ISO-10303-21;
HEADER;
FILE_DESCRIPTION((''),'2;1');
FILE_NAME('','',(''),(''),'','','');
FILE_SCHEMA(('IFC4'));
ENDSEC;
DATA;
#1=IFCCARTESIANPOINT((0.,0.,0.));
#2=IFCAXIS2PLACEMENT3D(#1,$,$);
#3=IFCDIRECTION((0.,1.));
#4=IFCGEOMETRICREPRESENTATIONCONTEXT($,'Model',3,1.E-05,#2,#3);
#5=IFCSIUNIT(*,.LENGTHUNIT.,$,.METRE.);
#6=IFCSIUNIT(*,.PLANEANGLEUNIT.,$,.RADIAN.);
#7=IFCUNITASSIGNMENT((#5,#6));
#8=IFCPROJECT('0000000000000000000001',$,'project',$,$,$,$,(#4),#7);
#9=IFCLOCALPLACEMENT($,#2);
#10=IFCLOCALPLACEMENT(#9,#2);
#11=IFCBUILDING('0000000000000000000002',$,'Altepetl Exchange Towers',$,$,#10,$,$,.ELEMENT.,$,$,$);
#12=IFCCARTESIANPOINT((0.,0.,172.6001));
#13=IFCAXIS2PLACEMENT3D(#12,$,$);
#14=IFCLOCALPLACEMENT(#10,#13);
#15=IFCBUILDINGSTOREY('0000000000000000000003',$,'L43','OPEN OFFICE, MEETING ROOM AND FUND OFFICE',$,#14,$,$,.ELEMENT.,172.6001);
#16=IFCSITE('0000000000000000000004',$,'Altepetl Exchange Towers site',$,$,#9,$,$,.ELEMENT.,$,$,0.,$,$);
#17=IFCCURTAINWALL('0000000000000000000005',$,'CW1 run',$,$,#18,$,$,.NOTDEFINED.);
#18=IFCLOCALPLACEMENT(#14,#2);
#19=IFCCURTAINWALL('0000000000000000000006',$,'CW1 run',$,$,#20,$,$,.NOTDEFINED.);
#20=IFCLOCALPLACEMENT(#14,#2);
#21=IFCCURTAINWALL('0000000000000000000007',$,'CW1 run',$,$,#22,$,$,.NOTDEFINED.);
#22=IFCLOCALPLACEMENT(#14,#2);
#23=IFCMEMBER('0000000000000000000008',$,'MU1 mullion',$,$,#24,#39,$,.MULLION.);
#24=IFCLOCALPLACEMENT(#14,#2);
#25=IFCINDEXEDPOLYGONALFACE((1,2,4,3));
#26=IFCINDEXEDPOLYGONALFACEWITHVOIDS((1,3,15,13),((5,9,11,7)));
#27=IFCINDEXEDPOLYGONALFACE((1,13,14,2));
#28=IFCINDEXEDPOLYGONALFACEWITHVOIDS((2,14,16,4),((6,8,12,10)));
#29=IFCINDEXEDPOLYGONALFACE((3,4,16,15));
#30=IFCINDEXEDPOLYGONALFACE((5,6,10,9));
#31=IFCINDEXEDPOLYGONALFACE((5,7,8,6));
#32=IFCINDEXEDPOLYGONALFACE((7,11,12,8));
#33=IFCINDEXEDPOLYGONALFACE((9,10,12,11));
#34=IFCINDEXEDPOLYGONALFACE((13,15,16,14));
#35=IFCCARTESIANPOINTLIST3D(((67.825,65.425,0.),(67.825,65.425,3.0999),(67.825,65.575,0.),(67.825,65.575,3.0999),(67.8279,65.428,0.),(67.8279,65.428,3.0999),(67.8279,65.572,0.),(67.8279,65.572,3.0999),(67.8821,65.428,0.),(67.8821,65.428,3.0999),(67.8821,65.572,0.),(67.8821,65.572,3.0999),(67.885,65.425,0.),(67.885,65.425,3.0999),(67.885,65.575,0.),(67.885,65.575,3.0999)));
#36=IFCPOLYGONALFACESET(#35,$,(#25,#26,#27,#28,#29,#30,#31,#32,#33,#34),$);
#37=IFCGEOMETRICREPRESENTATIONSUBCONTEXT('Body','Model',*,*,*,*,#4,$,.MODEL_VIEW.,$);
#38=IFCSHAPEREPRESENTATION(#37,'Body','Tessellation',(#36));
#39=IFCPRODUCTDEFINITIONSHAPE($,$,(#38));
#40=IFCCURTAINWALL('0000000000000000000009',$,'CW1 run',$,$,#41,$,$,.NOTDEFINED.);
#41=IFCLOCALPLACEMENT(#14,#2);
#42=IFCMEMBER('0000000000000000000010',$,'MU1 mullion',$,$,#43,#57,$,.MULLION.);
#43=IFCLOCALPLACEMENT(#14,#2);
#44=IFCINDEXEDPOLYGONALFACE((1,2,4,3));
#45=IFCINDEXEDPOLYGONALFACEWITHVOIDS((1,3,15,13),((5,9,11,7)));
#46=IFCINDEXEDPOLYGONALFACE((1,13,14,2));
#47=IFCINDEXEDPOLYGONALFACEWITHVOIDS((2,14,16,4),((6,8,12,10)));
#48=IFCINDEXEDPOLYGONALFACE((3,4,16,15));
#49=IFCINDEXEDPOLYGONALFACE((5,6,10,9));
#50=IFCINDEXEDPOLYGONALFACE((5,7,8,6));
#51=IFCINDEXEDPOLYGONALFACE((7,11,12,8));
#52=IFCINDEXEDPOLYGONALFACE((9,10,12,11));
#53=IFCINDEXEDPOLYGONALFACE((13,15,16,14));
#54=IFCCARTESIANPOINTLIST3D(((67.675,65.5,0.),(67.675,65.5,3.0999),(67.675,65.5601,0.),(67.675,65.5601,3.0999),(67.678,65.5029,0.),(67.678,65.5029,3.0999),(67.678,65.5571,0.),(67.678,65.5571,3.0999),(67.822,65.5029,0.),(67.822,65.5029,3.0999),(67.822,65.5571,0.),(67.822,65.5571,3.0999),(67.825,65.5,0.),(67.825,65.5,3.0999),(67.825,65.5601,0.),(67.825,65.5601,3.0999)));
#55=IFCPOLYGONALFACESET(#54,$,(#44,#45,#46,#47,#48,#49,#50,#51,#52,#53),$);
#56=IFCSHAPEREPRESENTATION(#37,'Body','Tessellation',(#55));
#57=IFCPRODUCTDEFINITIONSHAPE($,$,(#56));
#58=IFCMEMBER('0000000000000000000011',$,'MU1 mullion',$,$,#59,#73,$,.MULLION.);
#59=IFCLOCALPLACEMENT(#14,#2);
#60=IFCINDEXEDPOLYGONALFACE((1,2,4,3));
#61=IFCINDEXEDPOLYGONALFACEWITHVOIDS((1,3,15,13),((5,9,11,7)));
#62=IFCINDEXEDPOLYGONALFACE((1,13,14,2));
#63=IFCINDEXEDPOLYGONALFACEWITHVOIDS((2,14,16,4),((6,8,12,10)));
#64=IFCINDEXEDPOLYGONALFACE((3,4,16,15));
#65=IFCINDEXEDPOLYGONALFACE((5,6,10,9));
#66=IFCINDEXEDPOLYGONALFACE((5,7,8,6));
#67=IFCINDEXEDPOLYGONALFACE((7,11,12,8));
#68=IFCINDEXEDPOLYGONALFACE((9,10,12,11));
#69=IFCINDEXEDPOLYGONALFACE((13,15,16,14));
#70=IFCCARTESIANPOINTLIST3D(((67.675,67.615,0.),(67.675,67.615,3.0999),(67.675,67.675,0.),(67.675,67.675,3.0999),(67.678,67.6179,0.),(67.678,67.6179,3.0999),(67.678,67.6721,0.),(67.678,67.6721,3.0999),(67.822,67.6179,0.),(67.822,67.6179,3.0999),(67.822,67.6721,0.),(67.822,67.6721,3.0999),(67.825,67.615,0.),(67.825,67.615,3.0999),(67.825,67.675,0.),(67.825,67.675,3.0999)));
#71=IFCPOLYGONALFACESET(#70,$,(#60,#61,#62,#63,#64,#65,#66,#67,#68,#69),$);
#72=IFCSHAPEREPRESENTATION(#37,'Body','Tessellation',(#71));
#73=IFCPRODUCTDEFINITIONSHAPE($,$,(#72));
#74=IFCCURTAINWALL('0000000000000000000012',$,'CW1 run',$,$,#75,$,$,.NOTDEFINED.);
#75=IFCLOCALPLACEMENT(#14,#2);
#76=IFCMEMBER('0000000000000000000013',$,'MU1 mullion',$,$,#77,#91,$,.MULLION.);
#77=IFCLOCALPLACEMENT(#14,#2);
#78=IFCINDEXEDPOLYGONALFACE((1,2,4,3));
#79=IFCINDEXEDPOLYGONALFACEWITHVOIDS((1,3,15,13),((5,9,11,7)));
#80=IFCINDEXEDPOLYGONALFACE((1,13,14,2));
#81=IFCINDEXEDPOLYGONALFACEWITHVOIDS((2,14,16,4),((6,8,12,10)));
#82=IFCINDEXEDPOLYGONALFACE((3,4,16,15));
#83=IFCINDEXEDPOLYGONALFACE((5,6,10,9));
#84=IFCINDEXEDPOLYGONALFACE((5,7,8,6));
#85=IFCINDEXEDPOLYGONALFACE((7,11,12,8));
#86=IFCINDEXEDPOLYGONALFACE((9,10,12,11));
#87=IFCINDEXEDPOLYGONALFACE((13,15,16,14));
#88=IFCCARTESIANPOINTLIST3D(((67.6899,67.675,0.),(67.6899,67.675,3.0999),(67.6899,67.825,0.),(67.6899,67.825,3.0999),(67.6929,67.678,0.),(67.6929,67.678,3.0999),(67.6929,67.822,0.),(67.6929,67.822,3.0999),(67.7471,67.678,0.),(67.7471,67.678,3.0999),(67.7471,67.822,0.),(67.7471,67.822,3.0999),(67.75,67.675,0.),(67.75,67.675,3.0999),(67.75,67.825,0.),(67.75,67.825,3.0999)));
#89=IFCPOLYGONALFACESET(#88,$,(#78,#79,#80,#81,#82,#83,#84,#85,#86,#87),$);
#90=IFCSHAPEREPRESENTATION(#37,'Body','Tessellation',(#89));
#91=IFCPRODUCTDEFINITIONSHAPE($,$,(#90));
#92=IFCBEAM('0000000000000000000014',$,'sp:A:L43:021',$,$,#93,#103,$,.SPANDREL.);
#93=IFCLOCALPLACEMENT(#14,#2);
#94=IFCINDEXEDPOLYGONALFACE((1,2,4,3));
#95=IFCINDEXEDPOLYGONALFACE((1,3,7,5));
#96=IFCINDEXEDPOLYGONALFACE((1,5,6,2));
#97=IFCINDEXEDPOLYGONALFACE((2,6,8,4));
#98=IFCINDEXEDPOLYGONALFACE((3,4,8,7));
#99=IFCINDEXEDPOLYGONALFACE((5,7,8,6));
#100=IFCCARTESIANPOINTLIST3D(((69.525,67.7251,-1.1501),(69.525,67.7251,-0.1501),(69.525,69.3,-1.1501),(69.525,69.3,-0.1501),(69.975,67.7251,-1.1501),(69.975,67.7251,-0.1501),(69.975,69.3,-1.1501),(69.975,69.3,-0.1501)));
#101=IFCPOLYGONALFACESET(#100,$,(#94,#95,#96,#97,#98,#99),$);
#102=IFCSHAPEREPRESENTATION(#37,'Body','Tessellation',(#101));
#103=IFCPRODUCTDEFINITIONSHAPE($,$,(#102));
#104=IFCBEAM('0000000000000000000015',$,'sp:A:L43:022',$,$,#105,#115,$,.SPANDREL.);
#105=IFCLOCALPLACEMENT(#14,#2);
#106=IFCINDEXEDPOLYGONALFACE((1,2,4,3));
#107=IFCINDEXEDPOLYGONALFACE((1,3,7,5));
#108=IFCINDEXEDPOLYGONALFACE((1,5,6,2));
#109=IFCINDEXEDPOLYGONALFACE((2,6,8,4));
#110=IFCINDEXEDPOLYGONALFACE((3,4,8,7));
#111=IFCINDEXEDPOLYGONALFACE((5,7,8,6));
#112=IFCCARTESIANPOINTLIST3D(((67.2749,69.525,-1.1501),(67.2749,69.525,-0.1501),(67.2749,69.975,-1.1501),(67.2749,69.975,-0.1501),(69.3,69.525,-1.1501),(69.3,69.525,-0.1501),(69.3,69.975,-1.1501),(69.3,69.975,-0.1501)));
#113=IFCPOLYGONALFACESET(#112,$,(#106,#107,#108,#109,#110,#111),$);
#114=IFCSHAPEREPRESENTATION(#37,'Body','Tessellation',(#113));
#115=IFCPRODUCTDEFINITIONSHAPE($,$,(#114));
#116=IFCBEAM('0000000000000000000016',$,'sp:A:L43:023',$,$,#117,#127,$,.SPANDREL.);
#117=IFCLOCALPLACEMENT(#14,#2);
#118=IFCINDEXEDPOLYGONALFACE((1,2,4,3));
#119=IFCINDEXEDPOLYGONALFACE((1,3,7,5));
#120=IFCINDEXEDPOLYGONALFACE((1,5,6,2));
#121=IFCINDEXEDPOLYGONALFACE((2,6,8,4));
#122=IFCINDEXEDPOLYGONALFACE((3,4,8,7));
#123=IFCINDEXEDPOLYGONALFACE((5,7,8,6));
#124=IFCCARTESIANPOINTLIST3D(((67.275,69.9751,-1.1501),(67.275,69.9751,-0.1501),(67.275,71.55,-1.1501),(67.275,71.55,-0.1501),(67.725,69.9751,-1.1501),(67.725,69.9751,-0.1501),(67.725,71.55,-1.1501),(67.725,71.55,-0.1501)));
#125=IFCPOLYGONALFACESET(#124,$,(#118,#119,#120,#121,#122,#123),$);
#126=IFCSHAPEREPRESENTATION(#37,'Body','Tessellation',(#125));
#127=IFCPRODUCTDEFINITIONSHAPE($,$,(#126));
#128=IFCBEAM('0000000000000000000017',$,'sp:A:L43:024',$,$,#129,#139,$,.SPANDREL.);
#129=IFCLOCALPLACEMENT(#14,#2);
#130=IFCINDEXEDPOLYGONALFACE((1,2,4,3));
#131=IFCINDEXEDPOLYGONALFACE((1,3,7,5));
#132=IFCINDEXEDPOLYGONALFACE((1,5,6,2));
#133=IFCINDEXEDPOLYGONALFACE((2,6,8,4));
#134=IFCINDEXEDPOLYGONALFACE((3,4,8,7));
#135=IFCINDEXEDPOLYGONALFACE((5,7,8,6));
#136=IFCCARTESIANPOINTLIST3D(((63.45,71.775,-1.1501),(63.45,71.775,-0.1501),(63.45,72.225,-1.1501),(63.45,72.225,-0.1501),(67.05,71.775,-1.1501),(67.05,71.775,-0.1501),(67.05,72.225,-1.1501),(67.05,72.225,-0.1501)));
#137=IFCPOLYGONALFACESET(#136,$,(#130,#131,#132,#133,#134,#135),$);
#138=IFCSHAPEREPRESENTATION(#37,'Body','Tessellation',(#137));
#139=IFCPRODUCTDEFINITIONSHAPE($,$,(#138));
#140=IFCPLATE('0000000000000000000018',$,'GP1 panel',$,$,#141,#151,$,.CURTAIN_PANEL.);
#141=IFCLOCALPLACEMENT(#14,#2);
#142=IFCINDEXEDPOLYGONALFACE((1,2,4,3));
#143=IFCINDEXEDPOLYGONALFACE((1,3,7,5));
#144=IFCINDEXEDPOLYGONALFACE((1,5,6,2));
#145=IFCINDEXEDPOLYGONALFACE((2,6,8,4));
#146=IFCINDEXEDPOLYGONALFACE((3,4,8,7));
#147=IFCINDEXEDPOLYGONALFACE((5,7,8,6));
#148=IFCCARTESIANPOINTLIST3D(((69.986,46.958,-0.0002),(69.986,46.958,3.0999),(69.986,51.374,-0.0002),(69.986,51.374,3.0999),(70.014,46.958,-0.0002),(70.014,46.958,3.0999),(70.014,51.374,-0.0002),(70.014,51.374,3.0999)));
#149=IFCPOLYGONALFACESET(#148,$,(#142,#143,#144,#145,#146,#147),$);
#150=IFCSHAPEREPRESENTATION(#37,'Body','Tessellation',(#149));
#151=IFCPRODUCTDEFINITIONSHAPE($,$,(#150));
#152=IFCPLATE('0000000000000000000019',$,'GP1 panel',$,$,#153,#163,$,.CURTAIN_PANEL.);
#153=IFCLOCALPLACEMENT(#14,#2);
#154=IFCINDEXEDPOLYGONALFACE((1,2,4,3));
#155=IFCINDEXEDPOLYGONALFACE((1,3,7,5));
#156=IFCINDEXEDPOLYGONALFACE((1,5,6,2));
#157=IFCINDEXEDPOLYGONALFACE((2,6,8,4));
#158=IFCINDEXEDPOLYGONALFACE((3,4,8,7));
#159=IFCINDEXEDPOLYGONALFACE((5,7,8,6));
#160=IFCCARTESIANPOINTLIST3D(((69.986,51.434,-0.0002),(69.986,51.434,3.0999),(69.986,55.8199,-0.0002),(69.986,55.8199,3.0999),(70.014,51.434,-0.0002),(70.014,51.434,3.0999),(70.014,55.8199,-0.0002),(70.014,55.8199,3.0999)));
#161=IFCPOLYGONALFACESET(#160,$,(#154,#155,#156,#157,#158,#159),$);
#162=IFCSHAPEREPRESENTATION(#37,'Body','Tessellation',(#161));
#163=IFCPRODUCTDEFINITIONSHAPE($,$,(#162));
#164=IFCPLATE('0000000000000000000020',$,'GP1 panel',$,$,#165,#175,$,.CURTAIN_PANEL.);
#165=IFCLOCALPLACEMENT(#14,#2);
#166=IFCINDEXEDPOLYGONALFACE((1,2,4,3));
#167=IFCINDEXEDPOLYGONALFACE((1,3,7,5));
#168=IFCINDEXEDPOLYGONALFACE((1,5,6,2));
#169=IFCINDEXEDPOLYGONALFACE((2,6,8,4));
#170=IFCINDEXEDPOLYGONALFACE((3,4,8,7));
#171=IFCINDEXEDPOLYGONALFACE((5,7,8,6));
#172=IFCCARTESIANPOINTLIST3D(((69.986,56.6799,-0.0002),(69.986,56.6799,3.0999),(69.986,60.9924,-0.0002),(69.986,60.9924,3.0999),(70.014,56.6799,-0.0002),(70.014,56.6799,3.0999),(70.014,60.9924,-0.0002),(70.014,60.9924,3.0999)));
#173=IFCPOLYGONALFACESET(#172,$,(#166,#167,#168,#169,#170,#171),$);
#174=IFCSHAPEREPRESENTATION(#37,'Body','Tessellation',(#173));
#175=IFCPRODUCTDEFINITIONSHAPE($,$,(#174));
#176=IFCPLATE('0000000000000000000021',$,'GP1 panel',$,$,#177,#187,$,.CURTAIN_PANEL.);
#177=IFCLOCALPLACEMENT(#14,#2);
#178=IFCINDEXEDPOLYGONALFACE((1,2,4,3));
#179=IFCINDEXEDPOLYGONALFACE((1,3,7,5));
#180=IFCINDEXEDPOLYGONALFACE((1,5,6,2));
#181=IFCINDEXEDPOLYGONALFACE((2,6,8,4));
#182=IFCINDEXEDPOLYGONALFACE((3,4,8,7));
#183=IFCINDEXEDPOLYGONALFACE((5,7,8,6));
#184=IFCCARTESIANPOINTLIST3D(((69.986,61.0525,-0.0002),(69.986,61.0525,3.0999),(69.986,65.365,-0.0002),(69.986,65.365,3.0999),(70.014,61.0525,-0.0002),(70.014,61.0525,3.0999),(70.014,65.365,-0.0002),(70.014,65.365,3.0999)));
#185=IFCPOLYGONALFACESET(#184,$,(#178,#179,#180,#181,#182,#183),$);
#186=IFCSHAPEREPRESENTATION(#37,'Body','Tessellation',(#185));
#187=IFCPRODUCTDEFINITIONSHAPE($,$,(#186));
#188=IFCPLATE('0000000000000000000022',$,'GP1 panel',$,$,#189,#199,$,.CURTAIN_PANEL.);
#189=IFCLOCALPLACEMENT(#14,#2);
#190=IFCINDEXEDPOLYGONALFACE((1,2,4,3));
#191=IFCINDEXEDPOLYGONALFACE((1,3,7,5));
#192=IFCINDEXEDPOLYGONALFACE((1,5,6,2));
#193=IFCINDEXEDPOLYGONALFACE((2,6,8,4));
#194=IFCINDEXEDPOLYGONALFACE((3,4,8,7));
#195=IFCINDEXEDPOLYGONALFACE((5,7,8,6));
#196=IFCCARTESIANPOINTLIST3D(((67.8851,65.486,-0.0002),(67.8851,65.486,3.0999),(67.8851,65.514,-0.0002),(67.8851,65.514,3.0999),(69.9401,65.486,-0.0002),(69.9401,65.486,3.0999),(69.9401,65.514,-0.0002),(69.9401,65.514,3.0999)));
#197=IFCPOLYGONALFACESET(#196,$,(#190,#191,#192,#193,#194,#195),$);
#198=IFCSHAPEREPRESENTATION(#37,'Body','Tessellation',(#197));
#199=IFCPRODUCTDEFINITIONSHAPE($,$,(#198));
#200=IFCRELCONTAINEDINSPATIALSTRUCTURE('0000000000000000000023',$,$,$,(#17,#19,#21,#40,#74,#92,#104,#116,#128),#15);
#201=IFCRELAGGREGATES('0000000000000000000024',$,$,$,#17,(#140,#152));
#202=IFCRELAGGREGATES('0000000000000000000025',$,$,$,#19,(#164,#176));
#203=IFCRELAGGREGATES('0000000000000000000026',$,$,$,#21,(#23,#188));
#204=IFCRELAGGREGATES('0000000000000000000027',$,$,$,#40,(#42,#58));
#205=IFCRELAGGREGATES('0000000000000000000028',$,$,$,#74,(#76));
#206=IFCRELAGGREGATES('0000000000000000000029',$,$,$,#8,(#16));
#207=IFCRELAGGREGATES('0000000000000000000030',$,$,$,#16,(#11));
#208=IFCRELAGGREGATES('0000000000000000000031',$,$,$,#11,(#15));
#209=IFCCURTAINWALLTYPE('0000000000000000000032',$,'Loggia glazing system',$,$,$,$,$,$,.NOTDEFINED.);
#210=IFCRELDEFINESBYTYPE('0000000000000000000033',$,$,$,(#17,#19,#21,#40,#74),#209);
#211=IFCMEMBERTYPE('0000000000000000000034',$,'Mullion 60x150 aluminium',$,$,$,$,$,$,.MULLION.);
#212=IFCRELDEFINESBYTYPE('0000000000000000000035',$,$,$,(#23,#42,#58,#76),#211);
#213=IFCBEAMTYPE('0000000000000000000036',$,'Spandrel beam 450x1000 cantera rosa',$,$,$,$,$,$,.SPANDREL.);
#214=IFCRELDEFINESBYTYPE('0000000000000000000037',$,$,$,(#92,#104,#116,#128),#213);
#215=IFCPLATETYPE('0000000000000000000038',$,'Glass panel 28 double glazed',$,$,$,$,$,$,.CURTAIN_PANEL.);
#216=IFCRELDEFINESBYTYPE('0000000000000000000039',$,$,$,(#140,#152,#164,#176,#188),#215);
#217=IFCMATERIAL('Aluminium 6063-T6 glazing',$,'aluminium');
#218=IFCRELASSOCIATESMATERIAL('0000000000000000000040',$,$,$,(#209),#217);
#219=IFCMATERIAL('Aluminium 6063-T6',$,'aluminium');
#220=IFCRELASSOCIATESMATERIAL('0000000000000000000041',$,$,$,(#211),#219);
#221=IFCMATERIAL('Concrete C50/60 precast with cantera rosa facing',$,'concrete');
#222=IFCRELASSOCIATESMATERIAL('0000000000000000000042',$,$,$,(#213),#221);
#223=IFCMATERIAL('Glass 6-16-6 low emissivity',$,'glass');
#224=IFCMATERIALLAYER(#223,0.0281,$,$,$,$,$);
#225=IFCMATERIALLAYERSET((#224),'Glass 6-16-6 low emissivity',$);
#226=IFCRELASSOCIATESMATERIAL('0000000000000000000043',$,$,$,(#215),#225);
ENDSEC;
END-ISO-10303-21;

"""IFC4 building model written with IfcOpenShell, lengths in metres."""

from ifc_helpers import new_model, si_unit, direction, frame, origin, origin_2d, place, context, subcontext, project, spatial, rectangle, hollow_rectangle, extrude, material, layer, layer_set, material_profile, profile_set, type_object, element, aggregate, save


model = new_model("IFC4")

# Units and contexts
model_context = context("Model", 3, precision=1e-05, world=origin(), true_north=direction((0.0, 1.0)))
body_context = subcontext(model_context, "Body", "Model", "MODEL_VIEW")
ifc_project = project(units=[si_unit("LENGTHUNIT", "METRE"), si_unit("PLANEANGLEUNIT", "RADIAN")], contexts=[model_context])

# Site, building, storey
site_placement = place(None, origin())
site = spatial("IfcSite", under=ifc_project, at=site_placement, Name="Altepetl Exchange Towers site", CompositionType="ELEMENT", RefElevation=0.0)
building_placement = place(site_placement, origin())
building = spatial("IfcBuilding", under=site, at=building_placement, Name="Altepetl Exchange Towers", CompositionType="ELEMENT")
storey_placement = place(building_placement, frame((0.0, 0.0, 172.6001)))
storey = spatial("IfcBuildingStorey", under=building, at=storey_placement, Name="L43", Description="OPEN OFFICE, MEETING ROOM AND FUND OFFICE", CompositionType="ELEMENT", Elevation=172.6001)

# Curtain walls, members
ifc_material_1 = material(Name="Aluminium 6063-T6 glazing", Category="aluminium")
curtain_wall_type = type_object("IfcCurtainWallType", Name="Loggia glazing system", PredefinedType="NOTDEFINED", material=ifc_material_1)
curtain_wall_1_placement = place(storey_placement, origin())
curtain_wall_1 = element("IfcCurtainWall", 1, at=curtain_wall_1_placement, inside=storey, type_object=curtain_wall_type, Name="CW1 run", PredefinedType="NOTDEFINED")
ifc_material_2 = material(Name="Aluminium 6063-T6", Category="aluminium")
ifc_material_profile_1 = material_profile(ifc_material_2, hollow_rectangle(XDim=0.0601, YDim=0.1499, WallThickness=0.0029, at=origin_2d()), Name="Mullion 60x150 aluminium")
ifc_profile_set_1 = profile_set([ifc_material_profile_1], Name="Aluminium 6063-T6")
member_type = type_object("IfcMemberType", Name="Mullion 60x150 aluminium", PredefinedType="MULLION", material=ifc_profile_set_1)
curtain_wall_2_placement = place(storey_placement, origin())
curtain_wall_2 = element("IfcCurtainWall", 2, at=curtain_wall_2_placement, inside=storey, type_object=curtain_wall_type, Name="CW1 run", PredefinedType="NOTDEFINED")
curtain_wall_3_placement = place(storey_placement, origin())
curtain_wall_3 = element("IfcCurtainWall", 3, at=curtain_wall_3_placement, inside=storey, type_object=curtain_wall_type, Name="CW1 run", PredefinedType="NOTDEFINED")
member_1_placement = place(storey_placement, frame((67.855, 65.5, 0.0), z_axis=(0.0, 0.0, 1.0), x_axis=(-1.0, 0.0, 0.0)))
member_1 = element("IfcMember", 4, at=member_1_placement, type_object=member_type, Name="MU1 mullion", PredefinedType="MULLION", context=body_context, shape_type="SweptSolid", body=[
    extrude(hollow_rectangle(XDim=0.0601, YDim=0.1499, WallThickness=0.0029, at=origin_2d()), origin(), (0.0, 0.0, 1.0), 3.0999),
])
curtain_wall_4_placement = place(storey_placement, origin())
curtain_wall_4 = element("IfcCurtainWall", 5, at=curtain_wall_4_placement, inside=storey, type_object=curtain_wall_type, Name="CW1 run", PredefinedType="NOTDEFINED")
member_2_placement = place(storey_placement, frame((67.75, 65.53, 0.0), z_axis=(0.0, 0.0, 1.0), x_axis=(0.0, 1.0, 0.0)))
member_2 = element("IfcMember", 6, at=member_2_placement, type_object=member_type, Name="MU1 mullion", PredefinedType="MULLION", context=body_context, shape_type="SweptSolid", body=[
    extrude(hollow_rectangle(XDim=0.0601, YDim=0.1499, WallThickness=0.0029, at=origin_2d()), origin(), (0.0, 0.0, 1.0), 3.0999),
])
member_3_placement = place(storey_placement, frame((67.75, 67.645, 0.0), z_axis=(0.0, 0.0, 1.0), x_axis=(0.0, 1.0, 0.0)))
member_3 = element("IfcMember", 7, at=member_3_placement, type_object=member_type, Name="MU1 mullion", PredefinedType="MULLION", context=body_context, shape_type="SweptSolid", body=[
    extrude(hollow_rectangle(XDim=0.0601, YDim=0.1499, WallThickness=0.0029, at=origin_2d()), origin(), (0.0, 0.0, 1.0), 3.0999),
])

# Curtain wall, member
curtain_wall_5_placement = place(storey_placement, origin())
curtain_wall_5 = element("IfcCurtainWall", 8, at=curtain_wall_5_placement, inside=storey, type_object=curtain_wall_type, Name="CW1 run", PredefinedType="NOTDEFINED")
member_4_placement = place(storey_placement, frame((67.72, 67.75, 0.0), z_axis=(0.0, 0.0, 1.0), x_axis=(-1.0, 0.0, 0.0)))
member_4 = element("IfcMember", 9, at=member_4_placement, type_object=member_type, Name="MU1 mullion", PredefinedType="MULLION", context=body_context, shape_type="SweptSolid", body=[
    extrude(hollow_rectangle(XDim=0.0601, YDim=0.1499, WallThickness=0.0029, at=origin_2d()), origin(), (0.0, 0.0, 1.0), 3.0999),
])

# Beams
ifc_material_3 = material(Name="Concrete C50/60 precast with cantera rosa facing", Category="concrete")
ifc_material_profile_2 = material_profile(ifc_material_3, rectangle(XDim=0.45, YDim=1.0, at=origin_2d()), Name="450 x 1000")
ifc_profile_set_2 = profile_set([ifc_material_profile_2], Name="Concrete C50/60 precast with cantera rosa facing")
beam_type_1 = type_object("IfcBeamType", Name="Spandrel beam 450x1000 cantera rosa", PredefinedType="SPANDREL", material=ifc_profile_set_2)
beam_1_placement = place(storey_placement, frame((69.75, 67.7251, -0.6501), z_axis=(0.0, 1.0, 0.0), x_axis=(-1.0, 0.0, 0.0)))
element("IfcBeam", 10, at=beam_1_placement, inside=storey, type_object=beam_type_1, Name="sp:A:L43:021", PredefinedType="SPANDREL", context=body_context, shape_type="SweptSolid", body=[
    extrude(rectangle(XDim=0.45, YDim=1.0, at=origin_2d()), origin(), (0.0, 0.0, 1.0), 1.575),
])
beam_2_placement = place(storey_placement, frame((69.3, 69.75, -0.6501), z_axis=(-1.0, 0.0, 0.0), x_axis=(0.0, -1.0, 0.0)))
element("IfcBeam", 11, at=beam_2_placement, inside=storey, type_object=beam_type_1, Name="sp:A:L43:022", PredefinedType="SPANDREL", context=body_context, shape_type="SweptSolid", body=[
    extrude(rectangle(XDim=0.45, YDim=1.0, at=origin_2d()), origin(), (0.0, 0.0, 1.0), 2.0251),
])
beam_3_placement = place(storey_placement, frame((67.5, 69.9751, -0.6501), z_axis=(0.0, 1.0, 0.0), x_axis=(-1.0, 0.0, 0.0)))
element("IfcBeam", 12, at=beam_3_placement, inside=storey, type_object=beam_type_1, Name="sp:A:L43:023", PredefinedType="SPANDREL", context=body_context, shape_type="SweptSolid", body=[
    extrude(rectangle(XDim=0.45, YDim=1.0, at=origin_2d()), origin(), (0.0, 0.0, 1.0), 1.575),
])
beam_4_placement = place(storey_placement, frame((67.05, 72.0, -0.6501), z_axis=(-1.0, 0.0, 0.0), x_axis=(0.0, -1.0, 0.0)))
element("IfcBeam", 13, at=beam_4_placement, inside=storey, type_object=beam_type_1, Name="sp:A:L43:024", PredefinedType="SPANDREL", context=body_context, shape_type="SweptSolid", body=[
    extrude(rectangle(XDim=0.45, YDim=1.0, at=origin_2d()), origin(), (0.0, 0.0, 1.0), 3.6001),
])

# Plates
ifc_material_4 = material(Name="Glass 6-16-6 low emissivity", Category="glass")
ifc_layer_1 = layer(ifc_material_4, 0.0281)
ifc_layer_set_1 = layer_set([ifc_layer_1], Name="Glass 6-16-6 low emissivity")
plate_type = type_object("IfcPlateType", Name="Glass panel 28 double glazed", PredefinedType="CURTAIN_PANEL", material=ifc_layer_set_1)
plate_1_placement = place(storey_placement, frame((70.0, 49.166, -0.0002), z_axis=(0.0, 0.0, 1.0), x_axis=(0.0, 1.0, 0.0)))
plate_1 = element("IfcPlate", 14, at=plate_1_placement, type_object=plate_type, Name="GP1 panel", PredefinedType="CURTAIN_PANEL", context=body_context, shape_type="SweptSolid", body=[
    extrude(rectangle(XDim=4.416, YDim=0.0281, at=origin_2d()), origin(), (0.0, 0.0, 1.0), 3.1001),
])
plate_2_placement = place(storey_placement, frame((70.0, 53.627, -0.0002), z_axis=(0.0, 0.0, 1.0), x_axis=(0.0, 1.0, 0.0)))
plate_2 = element("IfcPlate", 15, at=plate_2_placement, type_object=plate_type, Name="GP1 panel", PredefinedType="CURTAIN_PANEL", context=body_context, shape_type="SweptSolid", body=[
    extrude(rectangle(XDim=4.386, YDim=0.0281, at=origin_2d()), origin(), (0.0, 0.0, 1.0), 3.1001),
])
aggregate(curtain_wall_1, [plate_1, plate_2])
plate_3_placement = place(storey_placement, frame((70.0, 58.8362, -0.0002), z_axis=(0.0, 0.0, 1.0), x_axis=(0.0, 1.0, 0.0)))
plate_3 = element("IfcPlate", 16, at=plate_3_placement, type_object=plate_type, Name="GP1 panel", PredefinedType="CURTAIN_PANEL", context=body_context, shape_type="SweptSolid", body=[
    extrude(rectangle(XDim=4.3125, YDim=0.0281, at=origin_2d()), origin(), (0.0, 0.0, 1.0), 3.1001),
])
plate_4_placement = place(storey_placement, frame((70.0, 63.2087, -0.0002), z_axis=(0.0, 0.0, 1.0), x_axis=(0.0, 1.0, 0.0)))
plate_4 = element("IfcPlate", 17, at=plate_4_placement, type_object=plate_type, Name="GP1 panel", PredefinedType="CURTAIN_PANEL", context=body_context, shape_type="SweptSolid", body=[
    extrude(rectangle(XDim=4.3125, YDim=0.0281, at=origin_2d()), origin(), (0.0, 0.0, 1.0), 3.1001),
])
aggregate(curtain_wall_2, [plate_3, plate_4])
plate_5_placement = place(storey_placement, frame((68.9126, 65.5, -0.0002), z_axis=(0.0, 0.0, 1.0), x_axis=(-1.0, 0.0, 0.0)))
plate_5 = element("IfcPlate", 18, at=plate_5_placement, type_object=plate_type, Name="GP1 panel", PredefinedType="CURTAIN_PANEL", context=body_context, shape_type="SweptSolid", body=[
    extrude(rectangle(XDim=2.0549, YDim=0.0281, at=origin_2d()), origin(), (0.0, 0.0, 1.0), 3.1001),
])
aggregate(curtain_wall_3, [member_1, plate_5])
aggregate(curtain_wall_4, [member_2, member_3])
aggregate(curtain_wall_5, [member_4])

save(model, "model.ifc")
